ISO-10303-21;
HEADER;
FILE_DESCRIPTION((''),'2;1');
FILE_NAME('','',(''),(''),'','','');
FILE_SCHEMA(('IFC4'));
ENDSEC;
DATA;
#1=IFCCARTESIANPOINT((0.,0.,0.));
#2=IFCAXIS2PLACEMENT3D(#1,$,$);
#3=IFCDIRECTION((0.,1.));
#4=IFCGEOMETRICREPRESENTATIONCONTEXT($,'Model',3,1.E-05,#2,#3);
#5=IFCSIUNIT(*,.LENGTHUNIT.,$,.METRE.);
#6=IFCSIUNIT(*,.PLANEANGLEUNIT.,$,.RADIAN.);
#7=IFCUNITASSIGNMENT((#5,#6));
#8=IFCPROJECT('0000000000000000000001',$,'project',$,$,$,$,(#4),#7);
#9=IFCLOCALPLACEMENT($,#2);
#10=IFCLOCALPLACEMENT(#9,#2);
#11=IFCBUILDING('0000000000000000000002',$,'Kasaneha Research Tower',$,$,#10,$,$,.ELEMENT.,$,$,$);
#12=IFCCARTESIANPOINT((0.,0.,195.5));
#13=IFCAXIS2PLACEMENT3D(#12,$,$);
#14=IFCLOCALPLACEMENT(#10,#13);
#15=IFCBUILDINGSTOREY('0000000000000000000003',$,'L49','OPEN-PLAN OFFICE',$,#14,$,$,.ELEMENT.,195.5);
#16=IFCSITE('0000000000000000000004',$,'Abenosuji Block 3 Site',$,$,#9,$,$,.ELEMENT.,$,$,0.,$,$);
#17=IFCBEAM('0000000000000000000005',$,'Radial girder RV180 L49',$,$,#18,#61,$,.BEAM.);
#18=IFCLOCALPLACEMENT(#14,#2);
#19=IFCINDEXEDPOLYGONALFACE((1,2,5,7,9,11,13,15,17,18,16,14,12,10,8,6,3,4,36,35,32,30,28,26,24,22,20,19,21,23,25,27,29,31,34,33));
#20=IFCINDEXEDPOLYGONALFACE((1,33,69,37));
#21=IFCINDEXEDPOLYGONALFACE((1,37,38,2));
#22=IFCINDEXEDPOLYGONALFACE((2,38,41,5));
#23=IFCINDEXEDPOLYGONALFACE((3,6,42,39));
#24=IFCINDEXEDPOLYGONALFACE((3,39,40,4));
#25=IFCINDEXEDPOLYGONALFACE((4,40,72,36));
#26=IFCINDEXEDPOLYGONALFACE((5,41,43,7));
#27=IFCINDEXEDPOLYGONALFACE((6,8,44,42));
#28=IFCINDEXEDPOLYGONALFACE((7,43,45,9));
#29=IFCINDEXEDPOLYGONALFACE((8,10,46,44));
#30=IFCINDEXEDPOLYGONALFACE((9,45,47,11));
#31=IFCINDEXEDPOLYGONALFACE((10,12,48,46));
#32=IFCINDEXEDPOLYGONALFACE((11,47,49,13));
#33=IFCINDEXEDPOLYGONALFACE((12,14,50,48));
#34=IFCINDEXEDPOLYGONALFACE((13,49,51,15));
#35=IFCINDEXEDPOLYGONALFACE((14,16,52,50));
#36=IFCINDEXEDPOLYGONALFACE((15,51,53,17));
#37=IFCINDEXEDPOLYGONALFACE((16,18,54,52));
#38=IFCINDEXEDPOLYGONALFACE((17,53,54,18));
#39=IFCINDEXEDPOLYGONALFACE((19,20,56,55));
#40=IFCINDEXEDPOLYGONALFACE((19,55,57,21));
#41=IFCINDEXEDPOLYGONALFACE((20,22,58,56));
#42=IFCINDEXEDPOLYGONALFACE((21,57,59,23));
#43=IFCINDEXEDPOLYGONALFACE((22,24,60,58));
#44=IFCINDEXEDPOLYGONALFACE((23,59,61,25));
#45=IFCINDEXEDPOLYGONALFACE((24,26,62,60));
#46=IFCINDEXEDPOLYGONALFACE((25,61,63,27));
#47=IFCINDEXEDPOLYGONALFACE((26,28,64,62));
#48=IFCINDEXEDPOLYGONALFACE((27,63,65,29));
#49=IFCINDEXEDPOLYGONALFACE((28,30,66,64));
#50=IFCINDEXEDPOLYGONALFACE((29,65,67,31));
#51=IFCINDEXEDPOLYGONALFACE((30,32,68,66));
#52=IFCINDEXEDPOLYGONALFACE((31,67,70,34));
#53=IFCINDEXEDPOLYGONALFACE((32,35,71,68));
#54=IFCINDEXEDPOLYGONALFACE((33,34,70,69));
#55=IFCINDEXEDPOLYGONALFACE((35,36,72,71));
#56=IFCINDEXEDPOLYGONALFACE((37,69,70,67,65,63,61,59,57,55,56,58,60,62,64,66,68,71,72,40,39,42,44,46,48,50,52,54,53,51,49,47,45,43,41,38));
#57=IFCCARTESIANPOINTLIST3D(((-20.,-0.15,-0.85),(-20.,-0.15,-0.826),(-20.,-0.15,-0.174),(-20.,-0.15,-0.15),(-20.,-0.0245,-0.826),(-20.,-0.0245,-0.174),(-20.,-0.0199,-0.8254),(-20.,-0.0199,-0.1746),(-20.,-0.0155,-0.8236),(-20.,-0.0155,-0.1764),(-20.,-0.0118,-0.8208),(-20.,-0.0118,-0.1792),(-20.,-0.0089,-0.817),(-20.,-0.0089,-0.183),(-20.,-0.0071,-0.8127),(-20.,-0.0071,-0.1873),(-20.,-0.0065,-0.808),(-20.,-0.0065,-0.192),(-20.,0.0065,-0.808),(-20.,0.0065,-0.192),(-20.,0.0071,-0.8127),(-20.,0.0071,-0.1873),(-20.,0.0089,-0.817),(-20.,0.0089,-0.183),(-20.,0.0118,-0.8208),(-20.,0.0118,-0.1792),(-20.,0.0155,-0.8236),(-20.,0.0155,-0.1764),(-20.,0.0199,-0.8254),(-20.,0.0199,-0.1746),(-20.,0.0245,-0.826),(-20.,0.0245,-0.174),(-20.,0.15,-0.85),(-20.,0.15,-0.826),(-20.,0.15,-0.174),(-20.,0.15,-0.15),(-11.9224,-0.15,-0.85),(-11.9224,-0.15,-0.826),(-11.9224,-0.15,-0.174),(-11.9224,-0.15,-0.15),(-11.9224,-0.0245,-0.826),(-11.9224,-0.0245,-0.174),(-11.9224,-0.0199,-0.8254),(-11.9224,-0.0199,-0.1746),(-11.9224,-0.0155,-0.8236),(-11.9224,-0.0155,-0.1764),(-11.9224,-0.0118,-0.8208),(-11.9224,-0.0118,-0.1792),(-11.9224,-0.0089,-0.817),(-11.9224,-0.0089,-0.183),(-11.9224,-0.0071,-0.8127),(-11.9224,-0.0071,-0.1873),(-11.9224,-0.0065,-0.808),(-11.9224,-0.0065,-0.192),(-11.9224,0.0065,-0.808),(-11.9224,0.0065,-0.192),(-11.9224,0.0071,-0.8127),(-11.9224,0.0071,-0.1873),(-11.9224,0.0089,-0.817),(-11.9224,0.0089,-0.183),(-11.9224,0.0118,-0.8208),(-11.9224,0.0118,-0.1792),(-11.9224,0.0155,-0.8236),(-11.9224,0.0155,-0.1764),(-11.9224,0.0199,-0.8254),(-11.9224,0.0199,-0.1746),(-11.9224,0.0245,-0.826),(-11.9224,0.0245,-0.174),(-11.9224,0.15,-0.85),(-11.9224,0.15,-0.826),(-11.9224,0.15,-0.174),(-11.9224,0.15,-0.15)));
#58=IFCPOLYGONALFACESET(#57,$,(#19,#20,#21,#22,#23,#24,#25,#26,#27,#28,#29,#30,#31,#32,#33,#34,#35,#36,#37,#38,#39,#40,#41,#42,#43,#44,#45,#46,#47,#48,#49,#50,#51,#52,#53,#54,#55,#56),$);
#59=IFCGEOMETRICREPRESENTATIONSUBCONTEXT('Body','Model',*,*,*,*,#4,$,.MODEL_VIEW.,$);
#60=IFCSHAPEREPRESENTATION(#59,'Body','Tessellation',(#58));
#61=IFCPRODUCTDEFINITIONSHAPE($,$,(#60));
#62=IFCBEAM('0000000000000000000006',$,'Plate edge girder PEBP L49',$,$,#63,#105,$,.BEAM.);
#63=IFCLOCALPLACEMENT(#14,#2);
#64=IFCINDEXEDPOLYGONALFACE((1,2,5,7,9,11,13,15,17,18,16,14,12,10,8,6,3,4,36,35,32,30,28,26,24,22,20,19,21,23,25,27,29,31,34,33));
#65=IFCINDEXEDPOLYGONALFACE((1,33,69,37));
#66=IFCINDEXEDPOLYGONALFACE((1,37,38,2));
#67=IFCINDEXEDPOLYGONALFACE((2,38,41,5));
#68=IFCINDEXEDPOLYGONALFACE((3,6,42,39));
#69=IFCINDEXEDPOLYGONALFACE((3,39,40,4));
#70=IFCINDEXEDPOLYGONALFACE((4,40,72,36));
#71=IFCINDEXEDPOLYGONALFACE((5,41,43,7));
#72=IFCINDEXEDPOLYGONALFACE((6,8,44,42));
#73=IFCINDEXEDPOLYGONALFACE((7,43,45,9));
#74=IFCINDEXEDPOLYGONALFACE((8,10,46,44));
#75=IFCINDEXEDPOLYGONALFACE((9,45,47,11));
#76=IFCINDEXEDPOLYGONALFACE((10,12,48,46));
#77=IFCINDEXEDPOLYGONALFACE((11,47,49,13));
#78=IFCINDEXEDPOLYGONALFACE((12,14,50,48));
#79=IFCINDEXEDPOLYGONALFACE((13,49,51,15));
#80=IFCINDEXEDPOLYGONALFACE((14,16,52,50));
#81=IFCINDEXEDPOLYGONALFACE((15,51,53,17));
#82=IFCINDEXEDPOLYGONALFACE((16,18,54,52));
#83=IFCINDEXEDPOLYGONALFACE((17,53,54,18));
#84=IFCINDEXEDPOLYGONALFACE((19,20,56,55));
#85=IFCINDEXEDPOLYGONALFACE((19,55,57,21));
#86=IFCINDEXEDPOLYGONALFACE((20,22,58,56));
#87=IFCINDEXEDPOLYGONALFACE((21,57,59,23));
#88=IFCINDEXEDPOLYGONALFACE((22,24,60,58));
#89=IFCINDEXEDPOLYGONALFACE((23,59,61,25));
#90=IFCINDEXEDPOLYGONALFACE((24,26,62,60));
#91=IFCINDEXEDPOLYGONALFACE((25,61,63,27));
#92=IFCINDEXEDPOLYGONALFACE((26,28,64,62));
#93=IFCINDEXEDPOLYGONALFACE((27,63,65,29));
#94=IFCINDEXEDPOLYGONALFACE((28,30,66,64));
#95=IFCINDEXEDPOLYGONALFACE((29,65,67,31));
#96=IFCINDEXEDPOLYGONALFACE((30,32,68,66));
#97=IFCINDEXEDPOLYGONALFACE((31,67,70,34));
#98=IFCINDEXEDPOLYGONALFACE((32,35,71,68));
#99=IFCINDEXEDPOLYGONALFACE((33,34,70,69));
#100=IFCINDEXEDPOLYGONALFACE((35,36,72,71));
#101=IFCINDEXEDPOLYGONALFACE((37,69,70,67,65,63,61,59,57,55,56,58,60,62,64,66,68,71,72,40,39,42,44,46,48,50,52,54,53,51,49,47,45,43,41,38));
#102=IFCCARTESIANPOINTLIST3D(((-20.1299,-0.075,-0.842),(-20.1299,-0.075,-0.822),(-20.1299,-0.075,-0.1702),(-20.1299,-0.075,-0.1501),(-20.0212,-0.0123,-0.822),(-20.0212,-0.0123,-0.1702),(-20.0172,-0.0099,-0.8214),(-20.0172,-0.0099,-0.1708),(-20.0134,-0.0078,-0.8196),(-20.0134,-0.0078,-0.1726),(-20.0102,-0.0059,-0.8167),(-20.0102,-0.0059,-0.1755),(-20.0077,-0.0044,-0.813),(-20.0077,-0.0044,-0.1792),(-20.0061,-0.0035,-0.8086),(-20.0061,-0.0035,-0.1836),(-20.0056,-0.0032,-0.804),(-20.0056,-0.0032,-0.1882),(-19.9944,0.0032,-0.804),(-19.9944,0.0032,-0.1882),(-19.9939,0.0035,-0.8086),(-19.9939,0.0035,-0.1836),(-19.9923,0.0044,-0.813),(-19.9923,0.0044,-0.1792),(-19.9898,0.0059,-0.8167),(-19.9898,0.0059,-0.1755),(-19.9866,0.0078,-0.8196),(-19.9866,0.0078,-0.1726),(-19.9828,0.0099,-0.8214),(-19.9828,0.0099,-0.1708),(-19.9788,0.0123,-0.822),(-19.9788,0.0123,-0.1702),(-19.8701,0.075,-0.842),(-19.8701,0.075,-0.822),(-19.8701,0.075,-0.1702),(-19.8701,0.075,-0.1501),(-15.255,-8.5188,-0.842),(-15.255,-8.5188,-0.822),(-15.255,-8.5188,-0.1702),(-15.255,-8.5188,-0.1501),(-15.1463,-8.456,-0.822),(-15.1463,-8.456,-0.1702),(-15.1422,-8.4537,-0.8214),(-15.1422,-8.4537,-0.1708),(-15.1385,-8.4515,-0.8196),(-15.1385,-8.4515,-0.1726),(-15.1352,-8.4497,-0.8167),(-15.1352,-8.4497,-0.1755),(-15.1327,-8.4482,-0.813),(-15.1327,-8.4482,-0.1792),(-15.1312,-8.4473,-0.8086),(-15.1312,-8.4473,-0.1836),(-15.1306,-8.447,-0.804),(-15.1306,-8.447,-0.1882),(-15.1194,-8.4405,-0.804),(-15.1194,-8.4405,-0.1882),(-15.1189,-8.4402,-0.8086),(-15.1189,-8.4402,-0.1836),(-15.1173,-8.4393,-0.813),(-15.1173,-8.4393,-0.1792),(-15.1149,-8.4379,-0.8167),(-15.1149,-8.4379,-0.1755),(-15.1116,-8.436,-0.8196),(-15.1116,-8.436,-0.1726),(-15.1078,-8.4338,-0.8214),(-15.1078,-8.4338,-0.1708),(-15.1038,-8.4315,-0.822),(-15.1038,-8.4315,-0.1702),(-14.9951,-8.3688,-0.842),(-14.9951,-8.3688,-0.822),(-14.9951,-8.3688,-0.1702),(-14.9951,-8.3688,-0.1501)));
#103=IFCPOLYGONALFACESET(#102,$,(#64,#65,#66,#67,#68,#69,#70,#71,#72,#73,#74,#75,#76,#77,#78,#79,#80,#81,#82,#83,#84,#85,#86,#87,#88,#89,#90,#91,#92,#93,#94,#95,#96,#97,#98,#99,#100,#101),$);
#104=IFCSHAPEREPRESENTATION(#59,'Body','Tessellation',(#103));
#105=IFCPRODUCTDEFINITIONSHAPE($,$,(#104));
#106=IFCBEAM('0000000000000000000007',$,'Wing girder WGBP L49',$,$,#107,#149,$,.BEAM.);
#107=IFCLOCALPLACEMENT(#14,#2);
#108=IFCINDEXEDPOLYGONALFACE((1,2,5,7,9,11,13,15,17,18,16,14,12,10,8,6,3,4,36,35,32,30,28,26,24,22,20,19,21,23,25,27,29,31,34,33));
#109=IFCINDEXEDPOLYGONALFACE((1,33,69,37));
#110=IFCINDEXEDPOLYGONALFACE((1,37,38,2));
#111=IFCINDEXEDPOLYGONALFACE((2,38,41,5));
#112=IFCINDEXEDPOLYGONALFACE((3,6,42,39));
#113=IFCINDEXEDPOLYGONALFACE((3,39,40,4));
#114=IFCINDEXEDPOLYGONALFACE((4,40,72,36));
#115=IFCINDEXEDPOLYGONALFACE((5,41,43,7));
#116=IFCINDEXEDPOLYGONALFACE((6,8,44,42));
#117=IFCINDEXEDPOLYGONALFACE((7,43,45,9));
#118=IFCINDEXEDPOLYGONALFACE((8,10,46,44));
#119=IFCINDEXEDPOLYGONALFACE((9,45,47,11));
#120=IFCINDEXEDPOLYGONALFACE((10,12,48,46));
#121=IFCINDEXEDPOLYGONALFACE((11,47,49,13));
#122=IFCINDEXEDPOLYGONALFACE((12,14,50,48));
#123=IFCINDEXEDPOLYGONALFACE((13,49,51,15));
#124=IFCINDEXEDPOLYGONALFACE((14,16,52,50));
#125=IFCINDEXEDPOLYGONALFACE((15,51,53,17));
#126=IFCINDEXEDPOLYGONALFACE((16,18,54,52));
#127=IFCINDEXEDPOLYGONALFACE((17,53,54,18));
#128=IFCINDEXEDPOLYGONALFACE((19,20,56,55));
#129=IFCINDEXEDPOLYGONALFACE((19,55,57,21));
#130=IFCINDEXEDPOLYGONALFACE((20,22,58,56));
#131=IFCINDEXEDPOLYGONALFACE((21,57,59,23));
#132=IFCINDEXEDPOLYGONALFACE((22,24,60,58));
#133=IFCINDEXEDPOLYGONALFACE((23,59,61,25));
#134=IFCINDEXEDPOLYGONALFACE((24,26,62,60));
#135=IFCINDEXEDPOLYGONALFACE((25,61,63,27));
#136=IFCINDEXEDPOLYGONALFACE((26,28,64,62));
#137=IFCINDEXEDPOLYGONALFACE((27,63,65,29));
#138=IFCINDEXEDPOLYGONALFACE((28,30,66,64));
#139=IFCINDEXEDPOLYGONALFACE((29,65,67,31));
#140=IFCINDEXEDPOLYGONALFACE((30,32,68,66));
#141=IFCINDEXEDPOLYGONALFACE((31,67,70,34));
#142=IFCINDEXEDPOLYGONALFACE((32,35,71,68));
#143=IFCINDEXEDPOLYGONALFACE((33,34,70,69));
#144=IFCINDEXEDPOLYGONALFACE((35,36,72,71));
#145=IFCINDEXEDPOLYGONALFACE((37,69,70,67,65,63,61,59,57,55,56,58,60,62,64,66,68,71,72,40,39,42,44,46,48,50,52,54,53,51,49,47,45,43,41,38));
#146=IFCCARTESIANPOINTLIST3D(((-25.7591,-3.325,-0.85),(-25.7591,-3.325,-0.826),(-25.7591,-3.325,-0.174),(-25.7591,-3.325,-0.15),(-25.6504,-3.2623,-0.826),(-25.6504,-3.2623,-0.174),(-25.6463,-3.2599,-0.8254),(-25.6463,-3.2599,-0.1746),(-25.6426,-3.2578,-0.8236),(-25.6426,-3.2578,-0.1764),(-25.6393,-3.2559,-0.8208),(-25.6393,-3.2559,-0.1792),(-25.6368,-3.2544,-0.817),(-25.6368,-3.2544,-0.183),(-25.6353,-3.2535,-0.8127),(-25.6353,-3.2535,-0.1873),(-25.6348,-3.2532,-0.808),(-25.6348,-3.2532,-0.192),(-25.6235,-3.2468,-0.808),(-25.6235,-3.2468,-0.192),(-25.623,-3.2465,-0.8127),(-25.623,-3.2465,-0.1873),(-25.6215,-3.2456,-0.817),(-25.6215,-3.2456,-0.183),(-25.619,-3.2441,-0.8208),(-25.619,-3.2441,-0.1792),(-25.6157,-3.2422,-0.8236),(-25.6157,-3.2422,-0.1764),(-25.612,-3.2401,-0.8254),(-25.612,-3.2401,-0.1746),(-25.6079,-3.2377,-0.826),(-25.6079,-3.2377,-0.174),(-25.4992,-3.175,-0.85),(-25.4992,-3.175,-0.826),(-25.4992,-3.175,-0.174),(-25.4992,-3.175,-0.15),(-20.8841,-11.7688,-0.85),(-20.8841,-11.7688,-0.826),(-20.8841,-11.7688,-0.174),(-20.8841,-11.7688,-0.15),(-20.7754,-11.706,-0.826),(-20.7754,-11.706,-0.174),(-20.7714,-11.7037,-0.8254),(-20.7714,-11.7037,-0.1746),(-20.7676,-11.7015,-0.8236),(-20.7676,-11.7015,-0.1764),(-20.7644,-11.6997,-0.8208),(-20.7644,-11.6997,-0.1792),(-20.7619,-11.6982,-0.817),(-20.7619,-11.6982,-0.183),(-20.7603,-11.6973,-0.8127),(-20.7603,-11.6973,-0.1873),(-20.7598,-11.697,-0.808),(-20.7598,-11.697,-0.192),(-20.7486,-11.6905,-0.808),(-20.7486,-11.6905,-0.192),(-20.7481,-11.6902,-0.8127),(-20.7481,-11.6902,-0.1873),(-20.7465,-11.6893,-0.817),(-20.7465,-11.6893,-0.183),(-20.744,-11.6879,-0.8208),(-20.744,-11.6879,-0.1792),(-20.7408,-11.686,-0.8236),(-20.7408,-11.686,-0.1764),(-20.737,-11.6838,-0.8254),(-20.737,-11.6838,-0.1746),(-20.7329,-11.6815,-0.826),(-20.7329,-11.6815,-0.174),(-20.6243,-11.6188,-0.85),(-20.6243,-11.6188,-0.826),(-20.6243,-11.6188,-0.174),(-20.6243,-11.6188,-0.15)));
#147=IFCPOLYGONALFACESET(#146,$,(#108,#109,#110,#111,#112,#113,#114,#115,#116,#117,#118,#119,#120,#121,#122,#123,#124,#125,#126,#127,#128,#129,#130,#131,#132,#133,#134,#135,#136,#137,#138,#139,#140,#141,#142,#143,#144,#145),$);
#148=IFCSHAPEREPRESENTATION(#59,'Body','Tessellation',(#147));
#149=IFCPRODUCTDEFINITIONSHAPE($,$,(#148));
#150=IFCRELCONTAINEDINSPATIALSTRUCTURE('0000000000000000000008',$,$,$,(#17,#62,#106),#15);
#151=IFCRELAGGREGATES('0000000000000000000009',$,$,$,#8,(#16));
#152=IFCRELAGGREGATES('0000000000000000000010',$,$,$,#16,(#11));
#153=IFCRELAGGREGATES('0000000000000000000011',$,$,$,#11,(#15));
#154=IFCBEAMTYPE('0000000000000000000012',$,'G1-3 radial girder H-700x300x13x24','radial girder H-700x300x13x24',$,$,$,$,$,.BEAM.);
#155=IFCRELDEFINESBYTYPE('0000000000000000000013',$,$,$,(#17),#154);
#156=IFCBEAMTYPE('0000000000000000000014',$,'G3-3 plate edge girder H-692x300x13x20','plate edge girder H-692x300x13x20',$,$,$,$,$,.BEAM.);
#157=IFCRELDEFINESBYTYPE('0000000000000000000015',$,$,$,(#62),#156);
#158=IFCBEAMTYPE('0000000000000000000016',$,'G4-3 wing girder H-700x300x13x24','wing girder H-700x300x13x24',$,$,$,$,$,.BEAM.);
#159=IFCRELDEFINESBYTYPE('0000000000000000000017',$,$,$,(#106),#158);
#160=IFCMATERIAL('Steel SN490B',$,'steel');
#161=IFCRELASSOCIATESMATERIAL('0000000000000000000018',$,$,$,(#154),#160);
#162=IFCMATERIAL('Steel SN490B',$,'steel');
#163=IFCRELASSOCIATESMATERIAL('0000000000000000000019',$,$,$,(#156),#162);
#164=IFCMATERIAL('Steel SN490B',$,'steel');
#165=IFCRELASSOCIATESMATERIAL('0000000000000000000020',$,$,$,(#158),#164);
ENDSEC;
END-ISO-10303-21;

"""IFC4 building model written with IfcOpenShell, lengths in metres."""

from ifc_helpers import new_model, si_unit, direction, frame, origin, origin_2d, place, context, subcontext, project, spatial, i_section, extrude, material, material_profile, profile_set, type_object, element, save


model = new_model("IFC4")

# Units and contexts
model_context = context("Model", 3, precision=1e-05, world=origin(), true_north=direction((0.0, 1.0)))
body_context = subcontext(model_context, "Body", "Model", "MODEL_VIEW")
ifc_project = project(units=[si_unit("LENGTHUNIT", "METRE"), si_unit("PLANEANGLEUNIT", "RADIAN")], contexts=[model_context])

# Site, building, storey
site_placement = place(None, origin())
site = spatial("IfcSite", under=ifc_project, at=site_placement, Name="Abenosuji Block 3 Site", CompositionType="ELEMENT", RefElevation=0.0)
building_placement = place(site_placement, origin())
building = spatial("IfcBuilding", under=site, at=building_placement, Name="Kasaneha Research Tower", CompositionType="ELEMENT")
storey_placement = place(building_placement, frame((0.0, 0.0, 195.5)))
storey = spatial("IfcBuildingStorey", under=building, at=storey_placement, Name="L49", Description="OPEN-PLAN OFFICE", CompositionType="ELEMENT", Elevation=195.5)

# Beams
ifc_material_1 = material(Name="Steel SN490B", Category="steel")
ifc_material_profile_1 = material_profile(ifc_material_1, i_section(OverallWidth=0.3, OverallDepth=0.7, WebThickness=0.0129, FlangeThickness=0.0239, FilletRadius=0.0181, at=origin_2d()), Name="H-700x300x13x24")
ifc_profile_set_1 = profile_set([ifc_material_profile_1], Name="Steel SN490B")
beam_type_1 = type_object("IfcBeamType", Name="G1-3 radial girder H-700x300x13x24", Description="radial girder H-700x300x13x24", PredefinedType="BEAM", material=ifc_profile_set_1)
beam_1_placement = place(storey_placement, frame((-11.9224, 0.0, -0.5), z_axis=(-1.0, 0.0, 0.0), x_axis=(0.0, -1.0, 0.0)))
element("IfcBeam", 1, at=beam_1_placement, inside=storey, type_object=beam_type_1, Name="Radial girder RV180 L49", PredefinedType="BEAM", context=body_context, shape_type="SweptSolid", body=[
    extrude(i_section(OverallWidth=0.3, OverallDepth=0.7, WebThickness=0.0129, FlangeThickness=0.0239, FilletRadius=0.0181, at=origin_2d()), origin(), (0.0, 0.0, 1.0), 8.0776),
])
ifc_material_2 = material(Name="Steel SN490B", Category="steel")
ifc_material_profile_2 = material_profile(ifc_material_2, i_section(OverallWidth=0.3, OverallDepth=0.6919, WebThickness=0.0129, FlangeThickness=0.02, FilletRadius=0.0181, at=origin_2d()), Name="H-692x300x13x20")
ifc_profile_set_2 = profile_set([ifc_material_profile_2], Name="Steel SN490B")
beam_type_2 = type_object("IfcBeamType", Name="G3-3 plate edge girder H-692x300x13x20", Description="plate edge girder H-692x300x13x20", PredefinedType="BEAM", material=ifc_profile_set_2)
beam_2_placement = place(storey_placement, frame((-20.0, 0.0, -0.4961), z_axis=(0.499996, -0.866028, 0.0), x_axis=(0.866028, 0.499996, 0.0)))
element("IfcBeam", 2, at=beam_2_placement, inside=storey, type_object=beam_type_2, Name="Plate edge girder PEBP L49", PredefinedType="BEAM", context=body_context, shape_type="SweptSolid", body=[
    extrude(i_section(OverallWidth=0.3, OverallDepth=0.6919, WebThickness=0.0129, FlangeThickness=0.02, FilletRadius=0.0181, at=origin_2d()), origin(), (0.0, 0.0, 1.0), 9.75),
])
ifc_material_3 = material(Name="Steel SN490B", Category="steel")
ifc_material_profile_3 = material_profile(ifc_material_3, i_section(OverallWidth=0.3, OverallDepth=0.7, WebThickness=0.0129, FlangeThickness=0.0239, FilletRadius=0.0181, at=origin_2d()), Name="H-700x300x13x24")
ifc_profile_set_3 = profile_set([ifc_material_profile_3], Name="Steel SN490B")
beam_type_3 = type_object("IfcBeamType", Name="G4-3 wing girder H-700x300x13x24", Description="wing girder H-700x300x13x24", PredefinedType="BEAM", material=ifc_profile_set_3)
beam_3_placement = place(storey_placement, frame((-25.6292, -3.25, -0.5), z_axis=(0.499996, -0.866028, 0.0), x_axis=(0.866028, 0.499996, 0.0)))
element("IfcBeam", 3, at=beam_3_placement, inside=storey, type_object=beam_type_3, Name="Wing girder WGBP L49", PredefinedType="BEAM", context=body_context, shape_type="SweptSolid", body=[
    extrude(i_section(OverallWidth=0.3, OverallDepth=0.7, WebThickness=0.0129, FlangeThickness=0.0239, FilletRadius=0.0181, at=origin_2d()), origin(), (0.0, 0.0, 1.0), 9.75),
])

save(model, "model.ifc")
